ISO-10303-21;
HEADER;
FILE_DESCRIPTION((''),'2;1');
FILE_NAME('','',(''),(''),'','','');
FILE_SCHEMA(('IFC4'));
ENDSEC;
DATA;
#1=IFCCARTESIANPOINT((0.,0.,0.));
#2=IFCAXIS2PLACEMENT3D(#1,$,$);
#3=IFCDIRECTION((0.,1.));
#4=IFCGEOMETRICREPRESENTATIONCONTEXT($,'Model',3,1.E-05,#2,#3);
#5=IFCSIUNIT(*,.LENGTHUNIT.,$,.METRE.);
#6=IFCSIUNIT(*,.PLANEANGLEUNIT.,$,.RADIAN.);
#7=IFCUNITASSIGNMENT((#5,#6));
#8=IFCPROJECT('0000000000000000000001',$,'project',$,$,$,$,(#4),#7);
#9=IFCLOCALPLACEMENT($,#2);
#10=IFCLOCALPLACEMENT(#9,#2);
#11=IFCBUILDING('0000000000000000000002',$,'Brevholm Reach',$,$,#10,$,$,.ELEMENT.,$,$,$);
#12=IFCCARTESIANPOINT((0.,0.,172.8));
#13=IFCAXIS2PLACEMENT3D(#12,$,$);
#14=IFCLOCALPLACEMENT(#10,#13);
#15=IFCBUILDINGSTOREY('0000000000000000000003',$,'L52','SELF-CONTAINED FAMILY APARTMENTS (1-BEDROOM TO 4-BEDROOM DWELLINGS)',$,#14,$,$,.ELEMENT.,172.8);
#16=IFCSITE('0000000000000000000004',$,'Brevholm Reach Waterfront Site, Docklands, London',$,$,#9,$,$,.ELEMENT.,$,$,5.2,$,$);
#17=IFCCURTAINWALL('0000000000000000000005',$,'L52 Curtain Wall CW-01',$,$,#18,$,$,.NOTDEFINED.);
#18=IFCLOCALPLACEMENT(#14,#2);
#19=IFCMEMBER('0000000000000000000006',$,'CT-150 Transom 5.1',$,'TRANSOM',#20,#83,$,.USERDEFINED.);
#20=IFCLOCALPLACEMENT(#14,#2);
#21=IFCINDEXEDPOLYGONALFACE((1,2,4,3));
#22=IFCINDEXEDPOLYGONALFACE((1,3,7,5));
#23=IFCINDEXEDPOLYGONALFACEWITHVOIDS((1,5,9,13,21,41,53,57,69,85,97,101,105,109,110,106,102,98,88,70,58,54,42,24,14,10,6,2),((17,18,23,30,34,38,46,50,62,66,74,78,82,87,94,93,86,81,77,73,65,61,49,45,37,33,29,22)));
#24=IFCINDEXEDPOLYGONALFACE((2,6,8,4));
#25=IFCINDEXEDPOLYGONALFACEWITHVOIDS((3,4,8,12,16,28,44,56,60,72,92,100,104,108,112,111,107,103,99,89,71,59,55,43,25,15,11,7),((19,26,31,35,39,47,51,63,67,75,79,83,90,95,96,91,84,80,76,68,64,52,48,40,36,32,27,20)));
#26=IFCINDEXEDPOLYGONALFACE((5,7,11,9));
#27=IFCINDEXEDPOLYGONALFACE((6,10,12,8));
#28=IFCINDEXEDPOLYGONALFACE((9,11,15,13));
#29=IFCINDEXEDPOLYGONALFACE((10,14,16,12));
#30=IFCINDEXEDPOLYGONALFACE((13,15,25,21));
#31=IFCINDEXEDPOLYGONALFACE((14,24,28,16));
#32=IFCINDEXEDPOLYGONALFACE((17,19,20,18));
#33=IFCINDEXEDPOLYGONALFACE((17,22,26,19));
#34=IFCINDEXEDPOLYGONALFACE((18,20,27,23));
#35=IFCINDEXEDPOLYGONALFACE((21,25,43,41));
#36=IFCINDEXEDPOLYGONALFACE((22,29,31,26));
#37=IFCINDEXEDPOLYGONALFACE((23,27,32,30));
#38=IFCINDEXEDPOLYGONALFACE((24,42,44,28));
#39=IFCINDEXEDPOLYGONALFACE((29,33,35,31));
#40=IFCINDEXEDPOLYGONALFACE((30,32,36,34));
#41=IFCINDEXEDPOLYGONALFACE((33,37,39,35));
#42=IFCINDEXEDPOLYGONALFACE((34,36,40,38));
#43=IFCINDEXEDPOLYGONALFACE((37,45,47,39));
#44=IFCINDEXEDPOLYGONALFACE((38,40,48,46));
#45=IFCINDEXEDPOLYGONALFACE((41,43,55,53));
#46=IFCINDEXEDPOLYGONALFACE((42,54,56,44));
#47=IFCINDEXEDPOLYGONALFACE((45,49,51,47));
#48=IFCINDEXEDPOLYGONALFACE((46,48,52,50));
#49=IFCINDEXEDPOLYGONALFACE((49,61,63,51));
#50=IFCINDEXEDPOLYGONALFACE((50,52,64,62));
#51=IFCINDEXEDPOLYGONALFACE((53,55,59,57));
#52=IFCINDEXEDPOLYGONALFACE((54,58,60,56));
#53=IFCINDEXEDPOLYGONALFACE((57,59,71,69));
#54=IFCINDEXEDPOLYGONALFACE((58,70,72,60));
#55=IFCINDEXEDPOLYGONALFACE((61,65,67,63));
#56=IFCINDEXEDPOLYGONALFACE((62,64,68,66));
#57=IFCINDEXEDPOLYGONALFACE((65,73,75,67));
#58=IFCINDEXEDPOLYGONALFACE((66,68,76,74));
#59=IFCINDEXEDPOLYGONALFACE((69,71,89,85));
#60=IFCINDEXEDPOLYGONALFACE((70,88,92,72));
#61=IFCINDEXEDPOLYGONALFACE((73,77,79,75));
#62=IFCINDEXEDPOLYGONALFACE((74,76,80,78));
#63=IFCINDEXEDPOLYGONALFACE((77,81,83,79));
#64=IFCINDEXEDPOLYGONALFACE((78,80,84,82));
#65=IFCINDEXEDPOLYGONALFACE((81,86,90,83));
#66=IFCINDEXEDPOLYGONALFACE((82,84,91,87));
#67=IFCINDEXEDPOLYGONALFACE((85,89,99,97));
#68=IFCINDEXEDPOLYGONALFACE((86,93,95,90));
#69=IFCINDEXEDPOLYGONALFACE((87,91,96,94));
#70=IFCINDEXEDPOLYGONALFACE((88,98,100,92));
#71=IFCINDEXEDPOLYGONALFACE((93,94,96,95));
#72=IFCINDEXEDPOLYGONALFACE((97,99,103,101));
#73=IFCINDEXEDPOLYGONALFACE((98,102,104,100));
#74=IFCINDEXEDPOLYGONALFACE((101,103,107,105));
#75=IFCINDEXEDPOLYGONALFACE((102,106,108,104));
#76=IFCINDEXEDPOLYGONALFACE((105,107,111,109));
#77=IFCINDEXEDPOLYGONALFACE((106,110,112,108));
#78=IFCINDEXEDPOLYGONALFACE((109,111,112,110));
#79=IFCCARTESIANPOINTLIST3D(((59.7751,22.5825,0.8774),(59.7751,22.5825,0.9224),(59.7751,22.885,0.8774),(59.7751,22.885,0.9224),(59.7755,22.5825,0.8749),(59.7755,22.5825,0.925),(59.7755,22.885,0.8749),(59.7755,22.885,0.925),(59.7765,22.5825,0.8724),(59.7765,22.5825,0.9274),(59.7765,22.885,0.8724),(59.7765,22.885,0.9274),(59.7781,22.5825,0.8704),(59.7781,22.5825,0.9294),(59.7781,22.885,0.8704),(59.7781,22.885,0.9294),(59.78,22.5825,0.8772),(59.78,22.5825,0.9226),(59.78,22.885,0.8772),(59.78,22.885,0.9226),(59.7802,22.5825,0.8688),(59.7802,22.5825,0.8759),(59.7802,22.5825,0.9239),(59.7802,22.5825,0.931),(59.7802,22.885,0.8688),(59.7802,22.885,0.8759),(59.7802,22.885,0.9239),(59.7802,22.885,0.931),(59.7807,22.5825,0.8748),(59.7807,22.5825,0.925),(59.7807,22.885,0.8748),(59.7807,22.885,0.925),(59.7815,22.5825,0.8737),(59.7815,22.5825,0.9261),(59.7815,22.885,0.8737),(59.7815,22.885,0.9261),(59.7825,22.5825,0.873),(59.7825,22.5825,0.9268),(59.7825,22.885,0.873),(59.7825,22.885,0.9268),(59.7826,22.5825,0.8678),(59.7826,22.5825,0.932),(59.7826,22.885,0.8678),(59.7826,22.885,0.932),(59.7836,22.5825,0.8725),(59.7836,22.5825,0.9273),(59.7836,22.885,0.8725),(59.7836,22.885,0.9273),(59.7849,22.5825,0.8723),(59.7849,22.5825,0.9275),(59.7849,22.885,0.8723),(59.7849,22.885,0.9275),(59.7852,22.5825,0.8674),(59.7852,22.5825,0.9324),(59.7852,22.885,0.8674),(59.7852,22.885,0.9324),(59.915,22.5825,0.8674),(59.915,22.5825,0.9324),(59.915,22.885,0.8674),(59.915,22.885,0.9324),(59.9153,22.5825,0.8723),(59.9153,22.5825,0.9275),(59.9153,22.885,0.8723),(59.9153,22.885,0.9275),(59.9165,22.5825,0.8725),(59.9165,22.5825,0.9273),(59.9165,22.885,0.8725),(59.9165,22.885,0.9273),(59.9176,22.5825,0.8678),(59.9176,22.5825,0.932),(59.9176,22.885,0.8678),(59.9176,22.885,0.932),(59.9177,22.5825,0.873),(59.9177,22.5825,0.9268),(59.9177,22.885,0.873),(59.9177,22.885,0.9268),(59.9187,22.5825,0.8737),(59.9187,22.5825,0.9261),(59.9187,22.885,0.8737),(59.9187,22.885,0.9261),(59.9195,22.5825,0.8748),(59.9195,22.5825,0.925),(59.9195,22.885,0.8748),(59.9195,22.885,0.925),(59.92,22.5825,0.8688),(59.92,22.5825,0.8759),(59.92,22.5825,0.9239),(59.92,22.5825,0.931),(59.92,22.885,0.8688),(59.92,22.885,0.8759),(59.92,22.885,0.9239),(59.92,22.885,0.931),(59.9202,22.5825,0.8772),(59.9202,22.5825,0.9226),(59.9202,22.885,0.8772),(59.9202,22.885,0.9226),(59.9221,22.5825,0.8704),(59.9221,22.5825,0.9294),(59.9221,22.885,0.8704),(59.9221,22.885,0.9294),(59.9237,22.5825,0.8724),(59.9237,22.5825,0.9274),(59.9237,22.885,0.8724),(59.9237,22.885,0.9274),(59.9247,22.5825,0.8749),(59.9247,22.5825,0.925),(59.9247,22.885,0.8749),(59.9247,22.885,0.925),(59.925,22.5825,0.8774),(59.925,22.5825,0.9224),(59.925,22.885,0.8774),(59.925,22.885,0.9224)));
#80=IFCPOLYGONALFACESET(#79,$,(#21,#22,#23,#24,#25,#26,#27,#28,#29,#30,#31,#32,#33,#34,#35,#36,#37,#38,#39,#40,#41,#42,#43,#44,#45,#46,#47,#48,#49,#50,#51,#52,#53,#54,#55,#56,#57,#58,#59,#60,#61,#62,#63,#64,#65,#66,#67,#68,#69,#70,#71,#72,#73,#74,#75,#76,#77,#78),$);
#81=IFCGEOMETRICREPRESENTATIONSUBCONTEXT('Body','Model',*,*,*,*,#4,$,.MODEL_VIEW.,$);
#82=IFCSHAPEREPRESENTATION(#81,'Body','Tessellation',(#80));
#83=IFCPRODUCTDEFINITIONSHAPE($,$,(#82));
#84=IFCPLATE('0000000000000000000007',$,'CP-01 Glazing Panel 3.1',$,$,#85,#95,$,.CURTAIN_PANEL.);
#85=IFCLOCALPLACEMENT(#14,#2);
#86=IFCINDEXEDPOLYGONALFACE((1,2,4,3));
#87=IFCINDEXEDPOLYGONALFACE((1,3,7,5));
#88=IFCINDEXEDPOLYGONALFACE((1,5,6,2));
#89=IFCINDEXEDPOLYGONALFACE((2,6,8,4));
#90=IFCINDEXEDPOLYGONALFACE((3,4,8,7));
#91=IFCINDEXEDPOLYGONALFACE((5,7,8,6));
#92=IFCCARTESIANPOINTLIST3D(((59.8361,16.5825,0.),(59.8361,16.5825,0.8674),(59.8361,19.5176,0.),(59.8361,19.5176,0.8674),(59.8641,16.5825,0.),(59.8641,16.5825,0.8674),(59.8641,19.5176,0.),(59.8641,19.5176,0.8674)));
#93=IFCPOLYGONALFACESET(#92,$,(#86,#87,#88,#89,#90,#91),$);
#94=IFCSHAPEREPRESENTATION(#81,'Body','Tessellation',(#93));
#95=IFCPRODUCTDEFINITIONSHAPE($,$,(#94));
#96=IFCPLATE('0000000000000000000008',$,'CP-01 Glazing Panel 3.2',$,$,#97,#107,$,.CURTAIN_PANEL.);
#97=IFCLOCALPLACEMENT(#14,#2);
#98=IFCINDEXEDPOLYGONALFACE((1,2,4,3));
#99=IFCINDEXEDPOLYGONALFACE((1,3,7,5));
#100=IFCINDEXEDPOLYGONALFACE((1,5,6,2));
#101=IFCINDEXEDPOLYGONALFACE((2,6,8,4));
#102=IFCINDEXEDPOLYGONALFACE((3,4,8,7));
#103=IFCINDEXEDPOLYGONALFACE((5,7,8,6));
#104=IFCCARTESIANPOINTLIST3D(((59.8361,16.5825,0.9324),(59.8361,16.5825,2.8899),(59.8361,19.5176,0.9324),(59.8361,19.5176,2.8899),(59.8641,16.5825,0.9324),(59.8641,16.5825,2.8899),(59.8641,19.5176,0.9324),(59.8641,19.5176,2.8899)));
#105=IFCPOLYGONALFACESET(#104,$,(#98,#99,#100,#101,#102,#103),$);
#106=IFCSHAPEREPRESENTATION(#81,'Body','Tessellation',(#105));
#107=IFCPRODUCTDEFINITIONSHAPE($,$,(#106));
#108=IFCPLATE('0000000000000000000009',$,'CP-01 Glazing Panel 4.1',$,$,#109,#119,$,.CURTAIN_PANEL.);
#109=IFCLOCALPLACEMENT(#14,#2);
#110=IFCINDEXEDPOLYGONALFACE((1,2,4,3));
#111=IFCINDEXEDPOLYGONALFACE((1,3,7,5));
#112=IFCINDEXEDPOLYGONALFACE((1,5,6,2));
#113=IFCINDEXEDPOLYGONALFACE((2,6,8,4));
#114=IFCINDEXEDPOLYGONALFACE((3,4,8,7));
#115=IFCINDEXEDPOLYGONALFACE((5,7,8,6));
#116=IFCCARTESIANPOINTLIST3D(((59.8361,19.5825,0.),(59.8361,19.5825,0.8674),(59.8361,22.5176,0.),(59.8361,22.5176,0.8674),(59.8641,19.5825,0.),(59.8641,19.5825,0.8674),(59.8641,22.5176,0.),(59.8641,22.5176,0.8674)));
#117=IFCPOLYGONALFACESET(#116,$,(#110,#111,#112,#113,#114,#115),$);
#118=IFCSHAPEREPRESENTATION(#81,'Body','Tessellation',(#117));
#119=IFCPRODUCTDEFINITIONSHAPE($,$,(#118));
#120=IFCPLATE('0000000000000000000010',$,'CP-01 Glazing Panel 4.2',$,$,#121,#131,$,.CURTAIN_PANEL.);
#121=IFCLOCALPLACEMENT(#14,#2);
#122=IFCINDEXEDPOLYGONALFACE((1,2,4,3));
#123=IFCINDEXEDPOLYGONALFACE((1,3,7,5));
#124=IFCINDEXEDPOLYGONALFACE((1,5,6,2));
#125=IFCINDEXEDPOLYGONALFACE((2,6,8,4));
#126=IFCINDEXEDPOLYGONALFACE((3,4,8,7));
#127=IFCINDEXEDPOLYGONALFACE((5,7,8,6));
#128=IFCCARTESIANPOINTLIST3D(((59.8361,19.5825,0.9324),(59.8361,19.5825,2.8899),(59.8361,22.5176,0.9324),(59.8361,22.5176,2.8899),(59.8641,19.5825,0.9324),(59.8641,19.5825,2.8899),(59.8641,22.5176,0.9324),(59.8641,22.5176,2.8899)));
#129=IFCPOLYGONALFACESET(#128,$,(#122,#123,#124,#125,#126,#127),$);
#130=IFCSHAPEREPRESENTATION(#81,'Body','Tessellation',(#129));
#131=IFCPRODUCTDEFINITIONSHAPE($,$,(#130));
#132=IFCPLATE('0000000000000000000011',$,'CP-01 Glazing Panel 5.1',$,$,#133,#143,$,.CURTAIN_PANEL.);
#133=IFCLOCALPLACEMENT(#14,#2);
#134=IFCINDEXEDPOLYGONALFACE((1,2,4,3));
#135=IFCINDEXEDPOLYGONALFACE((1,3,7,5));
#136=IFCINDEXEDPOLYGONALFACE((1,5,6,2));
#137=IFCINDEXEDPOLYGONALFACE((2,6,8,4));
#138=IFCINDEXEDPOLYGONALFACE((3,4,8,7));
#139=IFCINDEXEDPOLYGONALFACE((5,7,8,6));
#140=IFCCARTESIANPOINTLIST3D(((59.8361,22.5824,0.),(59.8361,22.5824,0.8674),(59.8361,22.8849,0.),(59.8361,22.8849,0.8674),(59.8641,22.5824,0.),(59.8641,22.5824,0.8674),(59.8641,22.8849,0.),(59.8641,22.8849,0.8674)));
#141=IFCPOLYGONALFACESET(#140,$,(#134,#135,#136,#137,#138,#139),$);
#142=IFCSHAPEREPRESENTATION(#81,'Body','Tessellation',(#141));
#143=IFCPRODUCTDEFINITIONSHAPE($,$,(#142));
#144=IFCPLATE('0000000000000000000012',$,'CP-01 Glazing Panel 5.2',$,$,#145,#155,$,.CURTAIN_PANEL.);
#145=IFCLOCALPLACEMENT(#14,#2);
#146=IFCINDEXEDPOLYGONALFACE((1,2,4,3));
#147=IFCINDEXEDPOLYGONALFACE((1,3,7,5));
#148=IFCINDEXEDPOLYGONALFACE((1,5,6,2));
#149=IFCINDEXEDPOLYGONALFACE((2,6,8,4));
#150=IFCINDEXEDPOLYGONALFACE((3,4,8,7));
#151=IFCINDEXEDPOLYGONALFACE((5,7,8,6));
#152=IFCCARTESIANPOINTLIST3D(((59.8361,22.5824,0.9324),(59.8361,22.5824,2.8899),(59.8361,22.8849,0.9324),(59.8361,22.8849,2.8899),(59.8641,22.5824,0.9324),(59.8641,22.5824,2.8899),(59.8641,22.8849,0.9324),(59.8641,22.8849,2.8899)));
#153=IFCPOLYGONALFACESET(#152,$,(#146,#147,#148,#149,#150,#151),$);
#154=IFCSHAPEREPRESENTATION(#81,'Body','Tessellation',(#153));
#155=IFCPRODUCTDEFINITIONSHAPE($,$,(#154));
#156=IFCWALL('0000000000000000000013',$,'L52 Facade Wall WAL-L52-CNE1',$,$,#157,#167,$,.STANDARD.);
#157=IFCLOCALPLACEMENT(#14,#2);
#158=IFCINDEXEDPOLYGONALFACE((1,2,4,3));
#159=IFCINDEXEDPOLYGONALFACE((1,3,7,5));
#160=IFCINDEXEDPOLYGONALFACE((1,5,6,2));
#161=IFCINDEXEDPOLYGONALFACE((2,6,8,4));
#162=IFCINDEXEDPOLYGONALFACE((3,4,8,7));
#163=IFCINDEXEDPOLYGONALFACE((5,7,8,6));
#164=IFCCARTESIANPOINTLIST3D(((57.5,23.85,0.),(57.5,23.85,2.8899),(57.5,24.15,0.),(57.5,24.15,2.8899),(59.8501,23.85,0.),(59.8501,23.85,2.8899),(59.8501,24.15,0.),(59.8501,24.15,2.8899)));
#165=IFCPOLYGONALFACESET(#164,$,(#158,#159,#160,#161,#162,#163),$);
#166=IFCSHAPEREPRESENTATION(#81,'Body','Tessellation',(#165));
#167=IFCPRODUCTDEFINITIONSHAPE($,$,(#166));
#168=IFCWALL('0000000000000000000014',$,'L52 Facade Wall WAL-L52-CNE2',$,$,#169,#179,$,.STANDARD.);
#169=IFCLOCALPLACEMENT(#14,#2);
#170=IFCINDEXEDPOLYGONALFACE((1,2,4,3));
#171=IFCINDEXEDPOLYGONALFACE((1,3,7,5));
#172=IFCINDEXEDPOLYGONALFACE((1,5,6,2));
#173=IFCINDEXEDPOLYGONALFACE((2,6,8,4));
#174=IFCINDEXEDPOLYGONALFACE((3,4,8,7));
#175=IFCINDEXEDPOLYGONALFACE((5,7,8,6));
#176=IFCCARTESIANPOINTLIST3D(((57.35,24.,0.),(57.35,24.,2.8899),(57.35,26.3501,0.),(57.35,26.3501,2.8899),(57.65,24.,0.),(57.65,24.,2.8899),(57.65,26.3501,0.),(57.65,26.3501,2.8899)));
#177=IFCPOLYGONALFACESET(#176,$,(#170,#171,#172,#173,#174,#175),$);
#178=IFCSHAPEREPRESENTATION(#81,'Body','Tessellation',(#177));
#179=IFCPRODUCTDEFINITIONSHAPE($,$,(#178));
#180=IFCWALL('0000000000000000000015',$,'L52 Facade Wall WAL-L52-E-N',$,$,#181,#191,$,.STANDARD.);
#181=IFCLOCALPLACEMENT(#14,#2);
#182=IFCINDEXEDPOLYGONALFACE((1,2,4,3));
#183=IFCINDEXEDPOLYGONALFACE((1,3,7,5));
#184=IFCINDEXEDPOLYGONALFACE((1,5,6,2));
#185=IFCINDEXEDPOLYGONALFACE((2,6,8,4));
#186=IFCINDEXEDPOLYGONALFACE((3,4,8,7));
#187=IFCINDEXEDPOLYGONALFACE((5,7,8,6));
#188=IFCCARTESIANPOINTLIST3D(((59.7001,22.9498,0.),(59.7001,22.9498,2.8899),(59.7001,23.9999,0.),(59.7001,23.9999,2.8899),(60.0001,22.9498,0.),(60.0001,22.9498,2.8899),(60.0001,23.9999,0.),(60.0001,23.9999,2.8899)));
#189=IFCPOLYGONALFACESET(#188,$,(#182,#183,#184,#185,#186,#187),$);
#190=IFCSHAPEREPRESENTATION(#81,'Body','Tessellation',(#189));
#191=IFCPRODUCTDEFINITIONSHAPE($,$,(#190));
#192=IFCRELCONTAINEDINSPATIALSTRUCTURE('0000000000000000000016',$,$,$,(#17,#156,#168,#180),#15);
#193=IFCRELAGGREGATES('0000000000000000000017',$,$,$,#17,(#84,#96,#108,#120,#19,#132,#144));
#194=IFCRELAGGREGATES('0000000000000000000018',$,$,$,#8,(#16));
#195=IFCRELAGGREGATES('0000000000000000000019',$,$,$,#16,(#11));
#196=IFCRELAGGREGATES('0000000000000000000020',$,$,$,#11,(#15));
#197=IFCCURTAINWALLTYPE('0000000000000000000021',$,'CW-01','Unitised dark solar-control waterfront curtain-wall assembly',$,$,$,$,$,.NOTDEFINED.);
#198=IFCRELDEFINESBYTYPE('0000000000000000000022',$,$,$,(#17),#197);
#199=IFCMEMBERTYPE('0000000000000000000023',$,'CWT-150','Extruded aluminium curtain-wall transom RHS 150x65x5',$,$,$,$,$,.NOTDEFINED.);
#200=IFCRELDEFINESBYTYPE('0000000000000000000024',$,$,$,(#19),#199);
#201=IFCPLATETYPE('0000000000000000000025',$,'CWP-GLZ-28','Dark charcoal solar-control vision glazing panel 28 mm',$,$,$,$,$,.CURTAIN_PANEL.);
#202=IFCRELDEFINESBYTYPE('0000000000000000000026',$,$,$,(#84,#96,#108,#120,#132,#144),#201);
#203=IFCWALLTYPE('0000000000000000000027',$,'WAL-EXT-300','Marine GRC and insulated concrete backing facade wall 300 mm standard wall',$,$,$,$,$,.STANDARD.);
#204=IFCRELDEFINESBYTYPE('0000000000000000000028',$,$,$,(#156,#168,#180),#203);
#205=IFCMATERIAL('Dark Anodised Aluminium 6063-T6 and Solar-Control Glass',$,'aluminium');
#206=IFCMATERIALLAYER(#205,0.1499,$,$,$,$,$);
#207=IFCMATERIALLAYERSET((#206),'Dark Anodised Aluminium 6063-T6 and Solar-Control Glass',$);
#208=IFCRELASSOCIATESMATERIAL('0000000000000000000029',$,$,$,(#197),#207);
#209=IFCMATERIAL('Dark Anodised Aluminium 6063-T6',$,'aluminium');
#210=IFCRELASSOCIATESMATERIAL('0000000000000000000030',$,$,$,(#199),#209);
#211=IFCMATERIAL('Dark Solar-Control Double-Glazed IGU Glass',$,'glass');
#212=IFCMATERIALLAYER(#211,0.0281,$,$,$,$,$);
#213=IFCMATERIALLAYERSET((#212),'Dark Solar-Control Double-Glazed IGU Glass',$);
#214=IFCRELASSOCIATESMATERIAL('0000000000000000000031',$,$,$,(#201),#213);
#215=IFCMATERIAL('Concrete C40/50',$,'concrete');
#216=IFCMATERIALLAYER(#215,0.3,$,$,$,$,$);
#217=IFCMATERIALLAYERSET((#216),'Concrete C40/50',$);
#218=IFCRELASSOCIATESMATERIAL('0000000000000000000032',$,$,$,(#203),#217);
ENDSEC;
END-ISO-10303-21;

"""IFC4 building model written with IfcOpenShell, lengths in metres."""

from ifc_helpers import new_model, si_unit, direction, frame, frame_2d, origin, origin_2d, place, context, subcontext, project, spatial, rectangle, hollow_rectangle, extrude, material, layer, layer_set, material_profile, profile_set, type_object, element, aggregate, save


model = new_model("IFC4")

# Units and contexts
model_context = context("Model", 3, precision=1e-05, world=origin(), true_north=direction((0.0, 1.0)))
body_context = subcontext(model_context, "Body", "Model", "MODEL_VIEW")
ifc_project = project(units=[si_unit("LENGTHUNIT", "METRE"), si_unit("PLANEANGLEUNIT", "RADIAN")], contexts=[model_context])

# Site, building, storey
site_placement = place(None, origin())
site = spatial("IfcSite", under=ifc_project, at=site_placement, Name="Brevholm Reach Waterfront Site, Docklands, London", CompositionType="ELEMENT", RefElevation=5.2)
building_placement = place(site_placement, origin())
building = spatial("IfcBuilding", under=site, at=building_placement, Name="Brevholm Reach", CompositionType="ELEMENT")
storey_placement = place(building_placement, frame((0.0, 0.0, 172.8)))
storey = spatial("IfcBuildingStorey", under=building, at=storey_placement, Name="L52", Description="SELF-CONTAINED FAMILY APARTMENTS (1-BEDROOM TO 4-BEDROOM DWELLINGS)", CompositionType="ELEMENT", Elevation=172.8)

# Curtain wall, member, plates
ifc_material_1 = material(Name="Dark Anodised Aluminium 6063-T6 and Solar-Control Glass", Category="aluminium")
ifc_layer_1 = layer(ifc_material_1, 0.1499)
ifc_layer_set_1 = layer_set([ifc_layer_1], Name="Dark Anodised Aluminium 6063-T6 and Solar-Control Glass")
curtain_wall_type = type_object("IfcCurtainWallType", Name="CW-01", Description="Unitised dark solar-control waterfront curtain-wall assembly", PredefinedType="NOTDEFINED", material=ifc_layer_set_1)
curtain_wall_placement = place(storey_placement, origin())
curtain_wall = element("IfcCurtainWall", 1, at=curtain_wall_placement, inside=storey, type_object=curtain_wall_type, Name="L52 Curtain Wall CW-01", PredefinedType="NOTDEFINED")
ifc_material_2 = material(Name="Dark Anodised Aluminium 6063-T6", Category="aluminium")
ifc_material_profile_1 = material_profile(ifc_material_2, hollow_rectangle(XDim=0.0649, YDim=0.1499, WallThickness=0.0049, InnerFilletRadius=0.0049, OuterFilletRadius=0.01, at=origin_2d()), Name="RHS 150x65x5")
ifc_profile_set_1 = profile_set([ifc_material_profile_1], Name="Dark Anodised Aluminium 6063-T6")
member_type_1 = type_object("IfcMemberType", Name="CWT-150", Description="Extruded aluminium curtain-wall transom RHS 150x65x5", PredefinedType="NOTDEFINED", material=ifc_profile_set_1)
member_1_placement = place(storey_placement, frame((59.8501, 22.5825, 0.8999), z_axis=(0.0, 1.0, 0.0), x_axis=(0.0, 0.0, 1.0)))
member_1 = element("IfcMember", 2, at=member_1_placement, type_object=member_type_1, Name="CT-150 Transom 5.1", ObjectType="TRANSOM", PredefinedType="USERDEFINED", context=body_context, shape_type="SweptSolid", body=[
    extrude(hollow_rectangle(XDim=0.0649, YDim=0.1499, WallThickness=0.0049, InnerFilletRadius=0.0049, OuterFilletRadius=0.01, at=origin_2d()), origin(), (0.0, 0.0, 1.0), 0.3025),
])
ifc_material_3 = material(Name="Dark Solar-Control Double-Glazed IGU Glass", Category="glass")
ifc_layer_2 = layer(ifc_material_3, 0.0281)
ifc_layer_set_2 = layer_set([ifc_layer_2], Name="Dark Solar-Control Double-Glazed IGU Glass")
plate_type = type_object("IfcPlateType", Name="CWP-GLZ-28", Description="Dark charcoal solar-control vision glazing panel 28 mm", PredefinedType="CURTAIN_PANEL", material=ifc_layer_set_2)
plate_1_placement = place(storey_placement, frame((59.8501, 18.05, 0.0), z_axis=(0.0, 0.0, 1.0), x_axis=(0.0, 1.0, 0.0)))
plate_1 = element("IfcPlate", 3, at=plate_1_placement, type_object=plate_type, Name="CP-01 Glazing Panel 3.1", PredefinedType="CURTAIN_PANEL", context=body_context, shape_type="SweptSolid", body=[
    extrude(rectangle(XDim=2.9351, YDim=0.0281, at=origin_2d()), origin(), (0.0, 0.0, 1.0), 0.8674),
])
plate_2_placement = place(storey_placement, frame((59.8501, 18.05, 0.9324), z_axis=(0.0, 0.0, 1.0), x_axis=(0.0, 1.0, 0.0)))
plate_2 = element("IfcPlate", 4, at=plate_2_placement, type_object=plate_type, Name="CP-01 Glazing Panel 3.2", PredefinedType="CURTAIN_PANEL", context=body_context, shape_type="SweptSolid", body=[
    extrude(rectangle(XDim=2.9351, YDim=0.0281, at=origin_2d()), origin(), (0.0, 0.0, 1.0), 1.9575),
])
plate_3_placement = place(storey_placement, frame((59.8501, 21.05, 0.0), z_axis=(0.0, 0.0, 1.0), x_axis=(0.0, 1.0, 0.0)))
plate_3 = element("IfcPlate", 5, at=plate_3_placement, type_object=plate_type, Name="CP-01 Glazing Panel 4.1", PredefinedType="CURTAIN_PANEL", context=body_context, shape_type="SweptSolid", body=[
    extrude(rectangle(XDim=2.9351, YDim=0.0281, at=origin_2d()), origin(), (0.0, 0.0, 1.0), 0.8674),
])
plate_4_placement = place(storey_placement, frame((59.8501, 21.05, 0.9324), z_axis=(0.0, 0.0, 1.0), x_axis=(0.0, 1.0, 0.0)))
plate_4 = element("IfcPlate", 6, at=plate_4_placement, type_object=plate_type, Name="CP-01 Glazing Panel 4.2", PredefinedType="CURTAIN_PANEL", context=body_context, shape_type="SweptSolid", body=[
    extrude(rectangle(XDim=2.9351, YDim=0.0281, at=origin_2d()), origin(), (0.0, 0.0, 1.0), 1.9575),
])
plate_5_placement = place(storey_placement, frame((59.8501, 22.7336, 0.0), z_axis=(0.0, 0.0, 1.0), x_axis=(0.0, 1.0, 0.0)))
plate_5 = element("IfcPlate", 7, at=plate_5_placement, type_object=plate_type, Name="CP-01 Glazing Panel 5.1", PredefinedType="CURTAIN_PANEL", context=body_context, shape_type="SweptSolid", body=[
    extrude(rectangle(XDim=0.3025, YDim=0.0281, at=origin_2d()), origin(), (0.0, 0.0, 1.0), 0.8674),
])
plate_6_placement = place(storey_placement, frame((59.8501, 22.7336, 0.9324), z_axis=(0.0, 0.0, 1.0), x_axis=(0.0, 1.0, 0.0)))
plate_6 = element("IfcPlate", 8, at=plate_6_placement, type_object=plate_type, Name="CP-01 Glazing Panel 5.2", PredefinedType="CURTAIN_PANEL", context=body_context, shape_type="SweptSolid", body=[
    extrude(rectangle(XDim=0.3025, YDim=0.0281, at=origin_2d()), origin(), (0.0, 0.0, 1.0), 1.9575),
])
aggregate(curtain_wall, [plate_1, plate_2, plate_3, plate_4, member_1, plate_5, plate_6])

# Walls
ifc_material_4 = material(Name="Concrete C40/50", Category="concrete")
ifc_layer_3 = layer(ifc_material_4, 0.3)
ifc_layer_set_3 = layer_set([ifc_layer_3], Name="Concrete C40/50")
wall_type_1 = type_object("IfcWallType", Name="WAL-EXT-300", Description="Marine GRC and insulated concrete backing facade wall 300 mm standard wall", PredefinedType="STANDARD", material=ifc_layer_set_3)
for number, where, z_axis, x_axis, name in (
    (9, (59.8501, 24.0, 0.0), (0.0, 0.0, 1.0), (-1.0, 0.0, 0.0), "L52 Facade Wall WAL-L52-CNE1"),
    (10, (57.5, 24.0, 0.0), (0.0, 0.0, 1.0), (0.0, 1.0, 0.0), "L52 Facade Wall WAL-L52-CNE2"),
):
    element("IfcWall", number, at=place(storey_placement, frame(where, z_axis=z_axis, x_axis=x_axis)), inside=storey, type_object=wall_type_1, Name=name, PredefinedType="STANDARD", context=body_context, shape_type="SweptSolid", body=[
        extrude(rectangle(XDim=2.3501, YDim=0.3, at=frame_2d((1.175, 0.0))), origin(), (0.0, 0.0, 1.0), 2.8899),
    ])
wall_1_placement = place(storey_placement, frame((59.8501, 22.95, 0.0), z_axis=(0.0, 0.0, 1.0), x_axis=(0.0, 1.0, 0.0)))
element("IfcWall", 11, at=wall_1_placement, inside=storey, type_object=wall_type_1, Name="L52 Facade Wall WAL-L52-E-N", PredefinedType="STANDARD", context=body_context, shape_type="SweptSolid", body=[
    extrude(rectangle(XDim=1.05, YDim=0.3, at=frame_2d((0.5249, 0.0))), origin(), (0.0, 0.0, 1.0), 2.8899),
])

save(model, "model.ifc")
